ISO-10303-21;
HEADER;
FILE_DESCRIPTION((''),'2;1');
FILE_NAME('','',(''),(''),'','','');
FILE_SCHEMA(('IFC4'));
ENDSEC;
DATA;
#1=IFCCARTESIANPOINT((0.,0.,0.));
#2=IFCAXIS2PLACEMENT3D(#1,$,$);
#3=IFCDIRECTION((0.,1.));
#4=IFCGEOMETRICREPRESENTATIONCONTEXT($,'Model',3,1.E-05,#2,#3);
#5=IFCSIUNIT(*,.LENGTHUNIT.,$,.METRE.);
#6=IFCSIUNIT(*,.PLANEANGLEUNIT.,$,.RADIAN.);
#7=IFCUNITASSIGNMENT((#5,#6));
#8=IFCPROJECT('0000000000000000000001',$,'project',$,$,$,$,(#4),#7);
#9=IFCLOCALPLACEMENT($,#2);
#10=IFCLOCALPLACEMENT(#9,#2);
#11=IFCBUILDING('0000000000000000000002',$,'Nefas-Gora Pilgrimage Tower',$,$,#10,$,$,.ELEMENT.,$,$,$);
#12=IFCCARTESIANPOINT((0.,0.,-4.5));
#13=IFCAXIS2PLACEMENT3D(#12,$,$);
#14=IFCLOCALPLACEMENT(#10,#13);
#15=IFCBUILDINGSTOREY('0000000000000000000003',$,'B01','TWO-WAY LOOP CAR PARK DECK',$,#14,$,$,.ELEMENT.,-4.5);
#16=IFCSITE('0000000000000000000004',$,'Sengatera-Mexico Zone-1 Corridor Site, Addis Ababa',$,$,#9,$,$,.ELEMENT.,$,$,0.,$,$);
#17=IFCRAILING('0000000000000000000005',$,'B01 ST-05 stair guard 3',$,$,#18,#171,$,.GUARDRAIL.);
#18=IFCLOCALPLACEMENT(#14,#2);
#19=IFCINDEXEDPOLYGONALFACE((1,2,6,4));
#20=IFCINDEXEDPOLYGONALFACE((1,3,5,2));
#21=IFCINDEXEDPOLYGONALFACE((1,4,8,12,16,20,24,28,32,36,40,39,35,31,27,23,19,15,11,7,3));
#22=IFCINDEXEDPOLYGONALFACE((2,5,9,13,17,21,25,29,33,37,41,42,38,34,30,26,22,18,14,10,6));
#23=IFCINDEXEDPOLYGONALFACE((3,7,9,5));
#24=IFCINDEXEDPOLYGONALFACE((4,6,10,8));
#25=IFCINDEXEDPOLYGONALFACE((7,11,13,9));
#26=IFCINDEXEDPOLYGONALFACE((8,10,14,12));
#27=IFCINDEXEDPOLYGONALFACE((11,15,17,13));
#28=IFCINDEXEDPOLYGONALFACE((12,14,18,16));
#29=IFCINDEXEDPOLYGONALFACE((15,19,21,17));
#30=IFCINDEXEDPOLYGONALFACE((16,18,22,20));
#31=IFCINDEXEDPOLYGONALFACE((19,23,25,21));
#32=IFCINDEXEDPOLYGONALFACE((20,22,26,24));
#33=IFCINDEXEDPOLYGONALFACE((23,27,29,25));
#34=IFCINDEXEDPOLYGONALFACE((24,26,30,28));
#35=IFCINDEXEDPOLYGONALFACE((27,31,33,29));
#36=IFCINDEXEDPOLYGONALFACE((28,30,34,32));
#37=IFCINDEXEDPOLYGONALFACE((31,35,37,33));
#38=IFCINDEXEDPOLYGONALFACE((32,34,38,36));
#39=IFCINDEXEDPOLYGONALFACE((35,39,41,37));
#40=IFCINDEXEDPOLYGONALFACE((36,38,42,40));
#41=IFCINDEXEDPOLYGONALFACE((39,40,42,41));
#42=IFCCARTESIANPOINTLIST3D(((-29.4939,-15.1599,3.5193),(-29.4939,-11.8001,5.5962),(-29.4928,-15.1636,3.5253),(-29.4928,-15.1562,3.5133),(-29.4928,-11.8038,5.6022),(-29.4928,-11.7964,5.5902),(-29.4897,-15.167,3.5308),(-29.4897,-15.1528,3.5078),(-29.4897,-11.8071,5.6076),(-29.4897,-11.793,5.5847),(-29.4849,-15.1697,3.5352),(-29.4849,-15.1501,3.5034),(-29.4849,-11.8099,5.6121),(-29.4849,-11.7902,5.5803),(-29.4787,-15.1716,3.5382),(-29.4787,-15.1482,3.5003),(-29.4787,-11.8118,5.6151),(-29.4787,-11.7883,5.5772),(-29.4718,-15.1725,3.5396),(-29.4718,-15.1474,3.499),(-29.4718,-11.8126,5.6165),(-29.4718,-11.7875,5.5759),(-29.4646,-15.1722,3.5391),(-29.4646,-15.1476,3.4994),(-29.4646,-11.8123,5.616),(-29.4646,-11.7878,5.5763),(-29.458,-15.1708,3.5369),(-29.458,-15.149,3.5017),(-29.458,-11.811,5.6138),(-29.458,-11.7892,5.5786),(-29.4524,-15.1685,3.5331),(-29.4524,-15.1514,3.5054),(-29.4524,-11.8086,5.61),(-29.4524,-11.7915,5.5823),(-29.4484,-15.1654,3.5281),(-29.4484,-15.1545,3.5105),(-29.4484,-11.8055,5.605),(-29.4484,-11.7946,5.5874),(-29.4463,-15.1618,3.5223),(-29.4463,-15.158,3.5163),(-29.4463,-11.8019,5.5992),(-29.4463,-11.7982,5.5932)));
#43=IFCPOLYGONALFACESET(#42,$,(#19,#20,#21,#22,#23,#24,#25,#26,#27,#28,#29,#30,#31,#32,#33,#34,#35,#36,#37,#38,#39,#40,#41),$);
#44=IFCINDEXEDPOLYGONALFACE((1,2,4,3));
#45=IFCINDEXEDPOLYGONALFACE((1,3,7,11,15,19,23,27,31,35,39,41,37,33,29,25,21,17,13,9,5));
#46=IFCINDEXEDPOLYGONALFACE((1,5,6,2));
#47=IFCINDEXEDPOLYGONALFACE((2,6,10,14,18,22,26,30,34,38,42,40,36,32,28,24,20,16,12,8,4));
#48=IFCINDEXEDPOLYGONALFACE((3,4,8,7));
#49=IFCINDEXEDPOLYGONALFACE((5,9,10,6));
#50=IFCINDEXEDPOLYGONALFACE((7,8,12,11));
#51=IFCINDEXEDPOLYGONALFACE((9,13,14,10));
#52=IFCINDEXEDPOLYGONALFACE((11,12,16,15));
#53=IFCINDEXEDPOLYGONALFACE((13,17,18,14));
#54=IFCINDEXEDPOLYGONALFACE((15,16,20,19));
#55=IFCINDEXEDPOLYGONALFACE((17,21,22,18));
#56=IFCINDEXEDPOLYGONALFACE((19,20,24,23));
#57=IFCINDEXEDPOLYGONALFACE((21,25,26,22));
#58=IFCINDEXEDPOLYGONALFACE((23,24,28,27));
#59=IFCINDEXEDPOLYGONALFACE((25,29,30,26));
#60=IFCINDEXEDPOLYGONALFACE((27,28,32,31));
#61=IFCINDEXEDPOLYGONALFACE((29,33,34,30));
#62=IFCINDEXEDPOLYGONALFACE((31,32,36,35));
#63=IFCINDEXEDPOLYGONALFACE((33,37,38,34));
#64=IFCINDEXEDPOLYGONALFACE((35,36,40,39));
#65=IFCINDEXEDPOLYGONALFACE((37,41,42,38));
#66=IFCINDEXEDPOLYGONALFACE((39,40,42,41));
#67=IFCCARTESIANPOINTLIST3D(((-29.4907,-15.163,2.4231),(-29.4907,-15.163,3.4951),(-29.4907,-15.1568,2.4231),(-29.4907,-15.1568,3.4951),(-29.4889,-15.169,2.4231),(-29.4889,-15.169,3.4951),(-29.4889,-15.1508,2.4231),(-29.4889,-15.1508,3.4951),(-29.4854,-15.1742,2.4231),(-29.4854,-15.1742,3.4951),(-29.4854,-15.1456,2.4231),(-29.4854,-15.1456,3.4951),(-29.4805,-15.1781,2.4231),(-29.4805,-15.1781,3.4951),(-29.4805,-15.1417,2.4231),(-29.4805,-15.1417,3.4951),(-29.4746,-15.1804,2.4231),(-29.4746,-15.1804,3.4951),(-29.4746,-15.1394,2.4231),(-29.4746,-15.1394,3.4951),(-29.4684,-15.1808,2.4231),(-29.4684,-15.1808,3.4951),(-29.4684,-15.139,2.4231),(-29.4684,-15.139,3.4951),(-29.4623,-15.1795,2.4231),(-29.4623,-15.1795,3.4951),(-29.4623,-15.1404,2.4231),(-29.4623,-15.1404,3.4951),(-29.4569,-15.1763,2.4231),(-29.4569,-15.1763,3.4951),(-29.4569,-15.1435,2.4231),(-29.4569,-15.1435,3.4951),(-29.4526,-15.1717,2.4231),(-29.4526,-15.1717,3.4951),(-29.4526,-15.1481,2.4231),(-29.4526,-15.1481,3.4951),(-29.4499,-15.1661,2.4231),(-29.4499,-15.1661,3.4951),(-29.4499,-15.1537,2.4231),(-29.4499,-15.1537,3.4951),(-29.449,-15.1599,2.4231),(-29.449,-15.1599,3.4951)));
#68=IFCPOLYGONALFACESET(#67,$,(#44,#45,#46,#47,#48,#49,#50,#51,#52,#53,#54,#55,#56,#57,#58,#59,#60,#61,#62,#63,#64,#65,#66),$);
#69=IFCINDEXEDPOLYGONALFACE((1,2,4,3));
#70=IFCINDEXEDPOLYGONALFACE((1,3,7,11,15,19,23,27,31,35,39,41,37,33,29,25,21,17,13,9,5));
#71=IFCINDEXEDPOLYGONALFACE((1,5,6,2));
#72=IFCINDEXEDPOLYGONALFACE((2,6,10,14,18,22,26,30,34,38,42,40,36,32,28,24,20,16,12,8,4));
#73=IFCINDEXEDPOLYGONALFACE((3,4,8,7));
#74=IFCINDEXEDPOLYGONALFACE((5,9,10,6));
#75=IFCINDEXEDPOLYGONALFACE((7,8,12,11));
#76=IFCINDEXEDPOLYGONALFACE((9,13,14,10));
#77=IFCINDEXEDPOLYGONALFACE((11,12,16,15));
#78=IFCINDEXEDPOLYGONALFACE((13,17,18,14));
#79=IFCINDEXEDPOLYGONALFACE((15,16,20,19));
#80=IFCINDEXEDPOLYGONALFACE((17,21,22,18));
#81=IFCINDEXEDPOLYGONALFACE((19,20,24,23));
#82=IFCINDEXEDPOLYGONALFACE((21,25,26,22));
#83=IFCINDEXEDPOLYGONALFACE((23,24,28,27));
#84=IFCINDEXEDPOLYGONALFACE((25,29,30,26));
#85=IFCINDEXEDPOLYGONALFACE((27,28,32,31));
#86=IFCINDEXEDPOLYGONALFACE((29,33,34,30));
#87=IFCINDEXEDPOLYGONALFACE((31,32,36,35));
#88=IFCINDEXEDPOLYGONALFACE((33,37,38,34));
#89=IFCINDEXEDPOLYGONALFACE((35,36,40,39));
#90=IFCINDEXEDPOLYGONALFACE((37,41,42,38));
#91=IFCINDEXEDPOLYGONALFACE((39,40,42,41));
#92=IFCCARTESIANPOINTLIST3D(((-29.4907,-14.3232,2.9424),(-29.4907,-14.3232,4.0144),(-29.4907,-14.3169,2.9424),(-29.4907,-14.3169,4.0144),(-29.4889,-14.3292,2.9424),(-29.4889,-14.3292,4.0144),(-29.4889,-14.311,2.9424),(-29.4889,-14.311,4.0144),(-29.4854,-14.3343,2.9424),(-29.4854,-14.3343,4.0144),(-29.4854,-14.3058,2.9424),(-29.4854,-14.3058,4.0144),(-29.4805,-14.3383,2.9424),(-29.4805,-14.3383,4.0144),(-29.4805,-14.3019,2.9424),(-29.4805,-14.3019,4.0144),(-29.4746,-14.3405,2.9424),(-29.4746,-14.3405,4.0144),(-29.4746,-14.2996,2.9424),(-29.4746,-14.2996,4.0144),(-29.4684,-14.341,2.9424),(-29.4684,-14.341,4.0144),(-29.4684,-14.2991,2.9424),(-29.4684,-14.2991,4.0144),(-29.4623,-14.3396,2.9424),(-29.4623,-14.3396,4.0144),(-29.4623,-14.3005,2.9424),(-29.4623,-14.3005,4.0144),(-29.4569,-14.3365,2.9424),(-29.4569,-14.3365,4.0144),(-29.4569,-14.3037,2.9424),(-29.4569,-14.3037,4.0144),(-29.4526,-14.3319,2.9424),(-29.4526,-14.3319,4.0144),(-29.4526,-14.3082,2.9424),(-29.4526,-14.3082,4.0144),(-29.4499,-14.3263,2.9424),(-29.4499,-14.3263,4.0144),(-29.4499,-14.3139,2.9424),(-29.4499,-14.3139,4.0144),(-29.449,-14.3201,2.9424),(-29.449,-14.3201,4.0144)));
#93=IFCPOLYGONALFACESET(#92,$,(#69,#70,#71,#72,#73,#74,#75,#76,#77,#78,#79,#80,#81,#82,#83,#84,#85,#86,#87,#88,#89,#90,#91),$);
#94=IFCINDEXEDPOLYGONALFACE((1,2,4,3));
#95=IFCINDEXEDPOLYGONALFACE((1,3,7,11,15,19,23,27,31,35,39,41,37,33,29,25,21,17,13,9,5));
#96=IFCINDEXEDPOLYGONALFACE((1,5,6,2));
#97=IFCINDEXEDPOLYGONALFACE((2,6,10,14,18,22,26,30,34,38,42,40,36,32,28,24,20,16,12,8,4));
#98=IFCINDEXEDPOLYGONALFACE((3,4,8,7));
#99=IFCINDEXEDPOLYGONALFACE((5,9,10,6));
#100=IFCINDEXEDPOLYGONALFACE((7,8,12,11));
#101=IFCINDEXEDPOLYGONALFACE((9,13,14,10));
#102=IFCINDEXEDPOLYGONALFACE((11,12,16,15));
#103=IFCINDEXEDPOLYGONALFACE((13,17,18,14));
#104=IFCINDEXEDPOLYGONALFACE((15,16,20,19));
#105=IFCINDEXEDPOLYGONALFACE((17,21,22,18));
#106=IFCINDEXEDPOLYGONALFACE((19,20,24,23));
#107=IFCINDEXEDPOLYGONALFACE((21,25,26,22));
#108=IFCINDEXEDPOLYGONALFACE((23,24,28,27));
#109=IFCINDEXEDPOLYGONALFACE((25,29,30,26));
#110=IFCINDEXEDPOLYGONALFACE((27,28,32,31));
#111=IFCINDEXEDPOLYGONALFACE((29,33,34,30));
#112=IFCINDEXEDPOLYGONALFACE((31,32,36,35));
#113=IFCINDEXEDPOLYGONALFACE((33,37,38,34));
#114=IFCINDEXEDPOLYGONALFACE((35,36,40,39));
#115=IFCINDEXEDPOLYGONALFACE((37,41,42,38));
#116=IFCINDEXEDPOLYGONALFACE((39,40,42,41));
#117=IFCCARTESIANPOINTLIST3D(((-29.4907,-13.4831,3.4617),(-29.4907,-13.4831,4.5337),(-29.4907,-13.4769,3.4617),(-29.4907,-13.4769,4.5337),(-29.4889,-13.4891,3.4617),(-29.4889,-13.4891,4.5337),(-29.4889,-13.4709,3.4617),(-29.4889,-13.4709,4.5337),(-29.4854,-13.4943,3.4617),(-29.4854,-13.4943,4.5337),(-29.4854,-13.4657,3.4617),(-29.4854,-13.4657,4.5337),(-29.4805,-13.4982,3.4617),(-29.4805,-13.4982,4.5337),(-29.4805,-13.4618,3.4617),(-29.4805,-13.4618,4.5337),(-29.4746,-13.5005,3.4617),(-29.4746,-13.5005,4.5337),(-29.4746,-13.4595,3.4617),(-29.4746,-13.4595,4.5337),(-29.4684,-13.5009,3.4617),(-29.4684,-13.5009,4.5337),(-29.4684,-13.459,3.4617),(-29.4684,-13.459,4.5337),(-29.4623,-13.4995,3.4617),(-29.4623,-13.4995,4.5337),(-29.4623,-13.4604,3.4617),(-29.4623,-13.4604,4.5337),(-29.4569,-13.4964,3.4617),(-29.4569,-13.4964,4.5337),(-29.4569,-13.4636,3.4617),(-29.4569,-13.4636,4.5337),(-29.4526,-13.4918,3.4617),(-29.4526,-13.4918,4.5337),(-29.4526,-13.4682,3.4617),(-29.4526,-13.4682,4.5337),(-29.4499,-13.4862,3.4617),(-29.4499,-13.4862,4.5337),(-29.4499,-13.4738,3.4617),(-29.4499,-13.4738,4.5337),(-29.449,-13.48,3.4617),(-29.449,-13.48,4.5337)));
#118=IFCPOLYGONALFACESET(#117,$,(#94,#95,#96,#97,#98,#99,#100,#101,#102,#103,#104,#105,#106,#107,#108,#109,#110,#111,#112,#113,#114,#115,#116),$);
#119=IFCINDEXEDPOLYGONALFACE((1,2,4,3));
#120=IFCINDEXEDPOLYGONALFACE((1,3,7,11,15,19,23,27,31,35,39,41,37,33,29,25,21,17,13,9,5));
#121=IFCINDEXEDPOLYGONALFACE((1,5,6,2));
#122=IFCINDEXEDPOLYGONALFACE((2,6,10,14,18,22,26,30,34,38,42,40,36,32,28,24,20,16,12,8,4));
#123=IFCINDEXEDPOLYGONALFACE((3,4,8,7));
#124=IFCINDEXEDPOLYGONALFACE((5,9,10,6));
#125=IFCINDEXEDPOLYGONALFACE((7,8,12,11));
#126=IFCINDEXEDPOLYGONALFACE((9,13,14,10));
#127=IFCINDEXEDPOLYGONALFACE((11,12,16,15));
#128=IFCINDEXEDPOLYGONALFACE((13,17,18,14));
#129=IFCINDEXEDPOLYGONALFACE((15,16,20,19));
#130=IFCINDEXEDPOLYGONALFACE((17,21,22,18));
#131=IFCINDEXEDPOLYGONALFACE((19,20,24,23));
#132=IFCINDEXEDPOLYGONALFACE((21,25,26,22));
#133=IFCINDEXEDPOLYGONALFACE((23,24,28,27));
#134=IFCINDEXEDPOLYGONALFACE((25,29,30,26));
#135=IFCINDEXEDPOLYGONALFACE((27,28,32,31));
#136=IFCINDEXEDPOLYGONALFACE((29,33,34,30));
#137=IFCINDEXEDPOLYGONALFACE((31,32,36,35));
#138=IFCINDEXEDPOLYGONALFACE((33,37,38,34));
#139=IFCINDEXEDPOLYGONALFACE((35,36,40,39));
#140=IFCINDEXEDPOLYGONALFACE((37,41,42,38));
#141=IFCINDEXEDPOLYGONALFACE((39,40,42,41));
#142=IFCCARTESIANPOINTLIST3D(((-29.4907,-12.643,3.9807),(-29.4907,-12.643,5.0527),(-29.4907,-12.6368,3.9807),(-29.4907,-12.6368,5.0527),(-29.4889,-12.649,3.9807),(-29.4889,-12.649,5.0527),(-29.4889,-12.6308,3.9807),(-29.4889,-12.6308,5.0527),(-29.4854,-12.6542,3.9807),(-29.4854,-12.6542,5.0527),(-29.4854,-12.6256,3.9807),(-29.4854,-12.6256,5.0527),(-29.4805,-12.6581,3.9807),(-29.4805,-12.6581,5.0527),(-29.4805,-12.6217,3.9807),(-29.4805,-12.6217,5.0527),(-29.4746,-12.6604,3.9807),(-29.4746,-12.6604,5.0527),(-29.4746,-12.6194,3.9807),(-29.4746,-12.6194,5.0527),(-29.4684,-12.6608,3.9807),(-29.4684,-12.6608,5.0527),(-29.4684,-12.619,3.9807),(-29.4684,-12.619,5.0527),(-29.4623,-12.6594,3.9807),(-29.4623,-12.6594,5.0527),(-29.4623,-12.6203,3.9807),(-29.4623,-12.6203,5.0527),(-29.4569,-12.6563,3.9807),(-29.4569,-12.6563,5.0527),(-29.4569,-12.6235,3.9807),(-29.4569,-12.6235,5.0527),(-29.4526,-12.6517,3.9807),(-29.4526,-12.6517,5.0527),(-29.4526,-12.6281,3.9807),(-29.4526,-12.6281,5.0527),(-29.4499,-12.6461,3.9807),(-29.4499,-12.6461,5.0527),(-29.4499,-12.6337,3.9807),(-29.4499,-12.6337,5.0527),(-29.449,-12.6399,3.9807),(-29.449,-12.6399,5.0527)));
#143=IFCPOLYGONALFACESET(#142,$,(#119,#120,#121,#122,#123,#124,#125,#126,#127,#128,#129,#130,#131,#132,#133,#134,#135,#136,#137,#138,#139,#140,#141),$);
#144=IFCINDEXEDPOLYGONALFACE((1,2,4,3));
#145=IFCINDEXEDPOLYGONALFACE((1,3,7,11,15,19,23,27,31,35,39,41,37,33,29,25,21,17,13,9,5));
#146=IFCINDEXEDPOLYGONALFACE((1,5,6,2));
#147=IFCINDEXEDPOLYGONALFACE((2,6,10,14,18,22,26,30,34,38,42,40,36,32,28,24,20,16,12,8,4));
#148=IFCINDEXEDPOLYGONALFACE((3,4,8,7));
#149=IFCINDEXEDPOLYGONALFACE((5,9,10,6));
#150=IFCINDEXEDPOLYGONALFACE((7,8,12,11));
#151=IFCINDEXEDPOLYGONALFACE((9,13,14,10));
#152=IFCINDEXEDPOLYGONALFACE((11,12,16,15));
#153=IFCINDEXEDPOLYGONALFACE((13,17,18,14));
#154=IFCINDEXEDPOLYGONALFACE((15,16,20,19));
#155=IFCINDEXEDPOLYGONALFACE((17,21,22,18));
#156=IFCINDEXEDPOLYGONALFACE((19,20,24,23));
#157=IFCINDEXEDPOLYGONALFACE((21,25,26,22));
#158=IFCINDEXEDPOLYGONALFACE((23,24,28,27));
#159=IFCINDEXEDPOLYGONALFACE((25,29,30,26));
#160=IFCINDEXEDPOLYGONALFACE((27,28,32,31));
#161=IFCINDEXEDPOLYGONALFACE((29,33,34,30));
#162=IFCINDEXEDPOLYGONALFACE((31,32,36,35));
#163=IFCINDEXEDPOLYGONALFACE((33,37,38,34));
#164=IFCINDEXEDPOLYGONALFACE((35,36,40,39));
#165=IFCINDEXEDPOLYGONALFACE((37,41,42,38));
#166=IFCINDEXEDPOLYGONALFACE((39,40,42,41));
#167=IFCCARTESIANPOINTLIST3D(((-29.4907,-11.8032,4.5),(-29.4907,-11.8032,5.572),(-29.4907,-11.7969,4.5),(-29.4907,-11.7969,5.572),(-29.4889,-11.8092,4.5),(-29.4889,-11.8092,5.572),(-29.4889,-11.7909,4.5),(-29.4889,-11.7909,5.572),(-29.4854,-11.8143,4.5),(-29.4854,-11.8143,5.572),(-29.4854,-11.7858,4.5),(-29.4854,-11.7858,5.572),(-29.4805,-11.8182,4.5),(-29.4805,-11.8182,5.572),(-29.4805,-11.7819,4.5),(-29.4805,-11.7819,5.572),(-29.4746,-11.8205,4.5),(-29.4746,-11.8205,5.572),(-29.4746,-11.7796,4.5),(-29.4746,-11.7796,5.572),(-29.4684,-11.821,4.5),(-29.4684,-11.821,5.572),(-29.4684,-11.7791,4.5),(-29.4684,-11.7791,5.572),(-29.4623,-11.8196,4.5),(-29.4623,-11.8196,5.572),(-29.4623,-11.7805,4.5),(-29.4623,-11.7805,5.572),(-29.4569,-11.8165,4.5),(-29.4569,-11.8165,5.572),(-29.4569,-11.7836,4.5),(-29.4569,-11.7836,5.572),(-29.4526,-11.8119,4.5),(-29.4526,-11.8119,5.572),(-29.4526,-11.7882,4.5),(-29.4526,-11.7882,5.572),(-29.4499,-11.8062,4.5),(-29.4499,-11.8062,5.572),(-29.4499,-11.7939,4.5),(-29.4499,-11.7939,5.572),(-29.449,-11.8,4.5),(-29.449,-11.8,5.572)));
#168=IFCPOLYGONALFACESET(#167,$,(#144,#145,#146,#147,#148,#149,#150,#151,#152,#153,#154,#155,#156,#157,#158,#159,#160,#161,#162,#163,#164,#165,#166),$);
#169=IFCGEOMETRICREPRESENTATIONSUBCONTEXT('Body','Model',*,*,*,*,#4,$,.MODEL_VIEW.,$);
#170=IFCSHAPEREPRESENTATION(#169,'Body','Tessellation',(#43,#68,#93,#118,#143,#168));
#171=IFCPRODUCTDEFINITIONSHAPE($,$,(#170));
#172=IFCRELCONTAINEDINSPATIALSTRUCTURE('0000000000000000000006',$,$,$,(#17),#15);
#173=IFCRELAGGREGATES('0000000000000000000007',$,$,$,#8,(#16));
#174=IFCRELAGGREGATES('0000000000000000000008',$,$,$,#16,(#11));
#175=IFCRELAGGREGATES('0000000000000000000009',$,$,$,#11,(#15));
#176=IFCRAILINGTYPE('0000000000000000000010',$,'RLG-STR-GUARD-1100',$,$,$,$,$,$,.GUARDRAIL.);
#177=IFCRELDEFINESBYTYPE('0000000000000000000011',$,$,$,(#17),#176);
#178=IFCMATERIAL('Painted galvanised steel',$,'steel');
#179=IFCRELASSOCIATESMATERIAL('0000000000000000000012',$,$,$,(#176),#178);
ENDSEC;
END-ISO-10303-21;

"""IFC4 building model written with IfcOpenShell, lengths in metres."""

from ifc_helpers import new_model, si_unit, direction, frame, origin, origin_2d, place, context, subcontext, project, spatial, circle, extrude, material, type_object, element, save


model = new_model("IFC4")

# Units and contexts
model_context = context("Model", 3, precision=1e-05, world=origin(), true_north=direction((0.0, 1.0)))
body_context = subcontext(model_context, "Body", "Model", "MODEL_VIEW")
ifc_project = project(units=[si_unit("LENGTHUNIT", "METRE"), si_unit("PLANEANGLEUNIT", "RADIAN")], contexts=[model_context])

# Site, building, storey
site_placement = place(None, origin())
site = spatial("IfcSite", under=ifc_project, at=site_placement, Name="Sengatera-Mexico Zone-1 Corridor Site, Addis Ababa", CompositionType="ELEMENT", RefElevation=0.0)
building_placement = place(site_placement, origin())
building = spatial("IfcBuilding", under=site, at=building_placement, Name="Nefas-Gora Pilgrimage Tower", CompositionType="ELEMENT")
storey_placement = place(building_placement, frame((0.0, 0.0, -4.5)))
storey = spatial("IfcBuildingStorey", under=building, at=storey_placement, Name="B01", Description="TWO-WAY LOOP CAR PARK DECK", CompositionType="ELEMENT", Elevation=-4.5)

# Railing
ifc_material_1 = material(Name="Painted galvanised steel", Category="steel")
railing_type_1 = type_object("IfcRailingType", Name="RLG-STR-GUARD-1100", PredefinedType="GUARDRAIL", material=ifc_material_1)
railing_1_placement = place(storey_placement, frame((-29.47, -15.1599, 2.4231)))
element("IfcRailing", 1, at=railing_1_placement, inside=storey, type_object=railing_type_1, Name="B01 ST-05 stair guard 3", PredefinedType="GUARDRAIL", context=body_context, shape_type="SweptSolid", body=[
    extrude(circle(Radius=0.0239, at=origin_2d()), frame((0.0, 0.0, 1.0962), z_axis=(0.0, 0.850606, 0.525803), x_axis=(-1.0, 0.0, 0.0)), (0.0, 0.0, 1.0), 3.95),
    extrude(circle(Radius=0.021, at=origin_2d()), origin(), (0.0, 0.0, 1.0), 1.072),
    extrude(circle(Radius=0.021, at=origin_2d()), frame((0.0, 0.8398, 0.5193)), (0.0, 0.0, 1.0), 1.072),
    extrude(circle(Radius=0.021, at=origin_2d()), frame((0.0, 1.6799, 1.0386)), (0.0, 0.0, 1.0), 1.072),
    extrude(circle(Radius=0.021, at=origin_2d()), frame((0.0, 2.52, 1.5576)), (0.0, 0.0, 1.0), 1.072),
    extrude(circle(Radius=0.021, at=origin_2d()), frame((0.0, 3.3599, 2.0769)), (0.0, 0.0, 1.0), 1.072),
])

save(model, "model.ifc")
